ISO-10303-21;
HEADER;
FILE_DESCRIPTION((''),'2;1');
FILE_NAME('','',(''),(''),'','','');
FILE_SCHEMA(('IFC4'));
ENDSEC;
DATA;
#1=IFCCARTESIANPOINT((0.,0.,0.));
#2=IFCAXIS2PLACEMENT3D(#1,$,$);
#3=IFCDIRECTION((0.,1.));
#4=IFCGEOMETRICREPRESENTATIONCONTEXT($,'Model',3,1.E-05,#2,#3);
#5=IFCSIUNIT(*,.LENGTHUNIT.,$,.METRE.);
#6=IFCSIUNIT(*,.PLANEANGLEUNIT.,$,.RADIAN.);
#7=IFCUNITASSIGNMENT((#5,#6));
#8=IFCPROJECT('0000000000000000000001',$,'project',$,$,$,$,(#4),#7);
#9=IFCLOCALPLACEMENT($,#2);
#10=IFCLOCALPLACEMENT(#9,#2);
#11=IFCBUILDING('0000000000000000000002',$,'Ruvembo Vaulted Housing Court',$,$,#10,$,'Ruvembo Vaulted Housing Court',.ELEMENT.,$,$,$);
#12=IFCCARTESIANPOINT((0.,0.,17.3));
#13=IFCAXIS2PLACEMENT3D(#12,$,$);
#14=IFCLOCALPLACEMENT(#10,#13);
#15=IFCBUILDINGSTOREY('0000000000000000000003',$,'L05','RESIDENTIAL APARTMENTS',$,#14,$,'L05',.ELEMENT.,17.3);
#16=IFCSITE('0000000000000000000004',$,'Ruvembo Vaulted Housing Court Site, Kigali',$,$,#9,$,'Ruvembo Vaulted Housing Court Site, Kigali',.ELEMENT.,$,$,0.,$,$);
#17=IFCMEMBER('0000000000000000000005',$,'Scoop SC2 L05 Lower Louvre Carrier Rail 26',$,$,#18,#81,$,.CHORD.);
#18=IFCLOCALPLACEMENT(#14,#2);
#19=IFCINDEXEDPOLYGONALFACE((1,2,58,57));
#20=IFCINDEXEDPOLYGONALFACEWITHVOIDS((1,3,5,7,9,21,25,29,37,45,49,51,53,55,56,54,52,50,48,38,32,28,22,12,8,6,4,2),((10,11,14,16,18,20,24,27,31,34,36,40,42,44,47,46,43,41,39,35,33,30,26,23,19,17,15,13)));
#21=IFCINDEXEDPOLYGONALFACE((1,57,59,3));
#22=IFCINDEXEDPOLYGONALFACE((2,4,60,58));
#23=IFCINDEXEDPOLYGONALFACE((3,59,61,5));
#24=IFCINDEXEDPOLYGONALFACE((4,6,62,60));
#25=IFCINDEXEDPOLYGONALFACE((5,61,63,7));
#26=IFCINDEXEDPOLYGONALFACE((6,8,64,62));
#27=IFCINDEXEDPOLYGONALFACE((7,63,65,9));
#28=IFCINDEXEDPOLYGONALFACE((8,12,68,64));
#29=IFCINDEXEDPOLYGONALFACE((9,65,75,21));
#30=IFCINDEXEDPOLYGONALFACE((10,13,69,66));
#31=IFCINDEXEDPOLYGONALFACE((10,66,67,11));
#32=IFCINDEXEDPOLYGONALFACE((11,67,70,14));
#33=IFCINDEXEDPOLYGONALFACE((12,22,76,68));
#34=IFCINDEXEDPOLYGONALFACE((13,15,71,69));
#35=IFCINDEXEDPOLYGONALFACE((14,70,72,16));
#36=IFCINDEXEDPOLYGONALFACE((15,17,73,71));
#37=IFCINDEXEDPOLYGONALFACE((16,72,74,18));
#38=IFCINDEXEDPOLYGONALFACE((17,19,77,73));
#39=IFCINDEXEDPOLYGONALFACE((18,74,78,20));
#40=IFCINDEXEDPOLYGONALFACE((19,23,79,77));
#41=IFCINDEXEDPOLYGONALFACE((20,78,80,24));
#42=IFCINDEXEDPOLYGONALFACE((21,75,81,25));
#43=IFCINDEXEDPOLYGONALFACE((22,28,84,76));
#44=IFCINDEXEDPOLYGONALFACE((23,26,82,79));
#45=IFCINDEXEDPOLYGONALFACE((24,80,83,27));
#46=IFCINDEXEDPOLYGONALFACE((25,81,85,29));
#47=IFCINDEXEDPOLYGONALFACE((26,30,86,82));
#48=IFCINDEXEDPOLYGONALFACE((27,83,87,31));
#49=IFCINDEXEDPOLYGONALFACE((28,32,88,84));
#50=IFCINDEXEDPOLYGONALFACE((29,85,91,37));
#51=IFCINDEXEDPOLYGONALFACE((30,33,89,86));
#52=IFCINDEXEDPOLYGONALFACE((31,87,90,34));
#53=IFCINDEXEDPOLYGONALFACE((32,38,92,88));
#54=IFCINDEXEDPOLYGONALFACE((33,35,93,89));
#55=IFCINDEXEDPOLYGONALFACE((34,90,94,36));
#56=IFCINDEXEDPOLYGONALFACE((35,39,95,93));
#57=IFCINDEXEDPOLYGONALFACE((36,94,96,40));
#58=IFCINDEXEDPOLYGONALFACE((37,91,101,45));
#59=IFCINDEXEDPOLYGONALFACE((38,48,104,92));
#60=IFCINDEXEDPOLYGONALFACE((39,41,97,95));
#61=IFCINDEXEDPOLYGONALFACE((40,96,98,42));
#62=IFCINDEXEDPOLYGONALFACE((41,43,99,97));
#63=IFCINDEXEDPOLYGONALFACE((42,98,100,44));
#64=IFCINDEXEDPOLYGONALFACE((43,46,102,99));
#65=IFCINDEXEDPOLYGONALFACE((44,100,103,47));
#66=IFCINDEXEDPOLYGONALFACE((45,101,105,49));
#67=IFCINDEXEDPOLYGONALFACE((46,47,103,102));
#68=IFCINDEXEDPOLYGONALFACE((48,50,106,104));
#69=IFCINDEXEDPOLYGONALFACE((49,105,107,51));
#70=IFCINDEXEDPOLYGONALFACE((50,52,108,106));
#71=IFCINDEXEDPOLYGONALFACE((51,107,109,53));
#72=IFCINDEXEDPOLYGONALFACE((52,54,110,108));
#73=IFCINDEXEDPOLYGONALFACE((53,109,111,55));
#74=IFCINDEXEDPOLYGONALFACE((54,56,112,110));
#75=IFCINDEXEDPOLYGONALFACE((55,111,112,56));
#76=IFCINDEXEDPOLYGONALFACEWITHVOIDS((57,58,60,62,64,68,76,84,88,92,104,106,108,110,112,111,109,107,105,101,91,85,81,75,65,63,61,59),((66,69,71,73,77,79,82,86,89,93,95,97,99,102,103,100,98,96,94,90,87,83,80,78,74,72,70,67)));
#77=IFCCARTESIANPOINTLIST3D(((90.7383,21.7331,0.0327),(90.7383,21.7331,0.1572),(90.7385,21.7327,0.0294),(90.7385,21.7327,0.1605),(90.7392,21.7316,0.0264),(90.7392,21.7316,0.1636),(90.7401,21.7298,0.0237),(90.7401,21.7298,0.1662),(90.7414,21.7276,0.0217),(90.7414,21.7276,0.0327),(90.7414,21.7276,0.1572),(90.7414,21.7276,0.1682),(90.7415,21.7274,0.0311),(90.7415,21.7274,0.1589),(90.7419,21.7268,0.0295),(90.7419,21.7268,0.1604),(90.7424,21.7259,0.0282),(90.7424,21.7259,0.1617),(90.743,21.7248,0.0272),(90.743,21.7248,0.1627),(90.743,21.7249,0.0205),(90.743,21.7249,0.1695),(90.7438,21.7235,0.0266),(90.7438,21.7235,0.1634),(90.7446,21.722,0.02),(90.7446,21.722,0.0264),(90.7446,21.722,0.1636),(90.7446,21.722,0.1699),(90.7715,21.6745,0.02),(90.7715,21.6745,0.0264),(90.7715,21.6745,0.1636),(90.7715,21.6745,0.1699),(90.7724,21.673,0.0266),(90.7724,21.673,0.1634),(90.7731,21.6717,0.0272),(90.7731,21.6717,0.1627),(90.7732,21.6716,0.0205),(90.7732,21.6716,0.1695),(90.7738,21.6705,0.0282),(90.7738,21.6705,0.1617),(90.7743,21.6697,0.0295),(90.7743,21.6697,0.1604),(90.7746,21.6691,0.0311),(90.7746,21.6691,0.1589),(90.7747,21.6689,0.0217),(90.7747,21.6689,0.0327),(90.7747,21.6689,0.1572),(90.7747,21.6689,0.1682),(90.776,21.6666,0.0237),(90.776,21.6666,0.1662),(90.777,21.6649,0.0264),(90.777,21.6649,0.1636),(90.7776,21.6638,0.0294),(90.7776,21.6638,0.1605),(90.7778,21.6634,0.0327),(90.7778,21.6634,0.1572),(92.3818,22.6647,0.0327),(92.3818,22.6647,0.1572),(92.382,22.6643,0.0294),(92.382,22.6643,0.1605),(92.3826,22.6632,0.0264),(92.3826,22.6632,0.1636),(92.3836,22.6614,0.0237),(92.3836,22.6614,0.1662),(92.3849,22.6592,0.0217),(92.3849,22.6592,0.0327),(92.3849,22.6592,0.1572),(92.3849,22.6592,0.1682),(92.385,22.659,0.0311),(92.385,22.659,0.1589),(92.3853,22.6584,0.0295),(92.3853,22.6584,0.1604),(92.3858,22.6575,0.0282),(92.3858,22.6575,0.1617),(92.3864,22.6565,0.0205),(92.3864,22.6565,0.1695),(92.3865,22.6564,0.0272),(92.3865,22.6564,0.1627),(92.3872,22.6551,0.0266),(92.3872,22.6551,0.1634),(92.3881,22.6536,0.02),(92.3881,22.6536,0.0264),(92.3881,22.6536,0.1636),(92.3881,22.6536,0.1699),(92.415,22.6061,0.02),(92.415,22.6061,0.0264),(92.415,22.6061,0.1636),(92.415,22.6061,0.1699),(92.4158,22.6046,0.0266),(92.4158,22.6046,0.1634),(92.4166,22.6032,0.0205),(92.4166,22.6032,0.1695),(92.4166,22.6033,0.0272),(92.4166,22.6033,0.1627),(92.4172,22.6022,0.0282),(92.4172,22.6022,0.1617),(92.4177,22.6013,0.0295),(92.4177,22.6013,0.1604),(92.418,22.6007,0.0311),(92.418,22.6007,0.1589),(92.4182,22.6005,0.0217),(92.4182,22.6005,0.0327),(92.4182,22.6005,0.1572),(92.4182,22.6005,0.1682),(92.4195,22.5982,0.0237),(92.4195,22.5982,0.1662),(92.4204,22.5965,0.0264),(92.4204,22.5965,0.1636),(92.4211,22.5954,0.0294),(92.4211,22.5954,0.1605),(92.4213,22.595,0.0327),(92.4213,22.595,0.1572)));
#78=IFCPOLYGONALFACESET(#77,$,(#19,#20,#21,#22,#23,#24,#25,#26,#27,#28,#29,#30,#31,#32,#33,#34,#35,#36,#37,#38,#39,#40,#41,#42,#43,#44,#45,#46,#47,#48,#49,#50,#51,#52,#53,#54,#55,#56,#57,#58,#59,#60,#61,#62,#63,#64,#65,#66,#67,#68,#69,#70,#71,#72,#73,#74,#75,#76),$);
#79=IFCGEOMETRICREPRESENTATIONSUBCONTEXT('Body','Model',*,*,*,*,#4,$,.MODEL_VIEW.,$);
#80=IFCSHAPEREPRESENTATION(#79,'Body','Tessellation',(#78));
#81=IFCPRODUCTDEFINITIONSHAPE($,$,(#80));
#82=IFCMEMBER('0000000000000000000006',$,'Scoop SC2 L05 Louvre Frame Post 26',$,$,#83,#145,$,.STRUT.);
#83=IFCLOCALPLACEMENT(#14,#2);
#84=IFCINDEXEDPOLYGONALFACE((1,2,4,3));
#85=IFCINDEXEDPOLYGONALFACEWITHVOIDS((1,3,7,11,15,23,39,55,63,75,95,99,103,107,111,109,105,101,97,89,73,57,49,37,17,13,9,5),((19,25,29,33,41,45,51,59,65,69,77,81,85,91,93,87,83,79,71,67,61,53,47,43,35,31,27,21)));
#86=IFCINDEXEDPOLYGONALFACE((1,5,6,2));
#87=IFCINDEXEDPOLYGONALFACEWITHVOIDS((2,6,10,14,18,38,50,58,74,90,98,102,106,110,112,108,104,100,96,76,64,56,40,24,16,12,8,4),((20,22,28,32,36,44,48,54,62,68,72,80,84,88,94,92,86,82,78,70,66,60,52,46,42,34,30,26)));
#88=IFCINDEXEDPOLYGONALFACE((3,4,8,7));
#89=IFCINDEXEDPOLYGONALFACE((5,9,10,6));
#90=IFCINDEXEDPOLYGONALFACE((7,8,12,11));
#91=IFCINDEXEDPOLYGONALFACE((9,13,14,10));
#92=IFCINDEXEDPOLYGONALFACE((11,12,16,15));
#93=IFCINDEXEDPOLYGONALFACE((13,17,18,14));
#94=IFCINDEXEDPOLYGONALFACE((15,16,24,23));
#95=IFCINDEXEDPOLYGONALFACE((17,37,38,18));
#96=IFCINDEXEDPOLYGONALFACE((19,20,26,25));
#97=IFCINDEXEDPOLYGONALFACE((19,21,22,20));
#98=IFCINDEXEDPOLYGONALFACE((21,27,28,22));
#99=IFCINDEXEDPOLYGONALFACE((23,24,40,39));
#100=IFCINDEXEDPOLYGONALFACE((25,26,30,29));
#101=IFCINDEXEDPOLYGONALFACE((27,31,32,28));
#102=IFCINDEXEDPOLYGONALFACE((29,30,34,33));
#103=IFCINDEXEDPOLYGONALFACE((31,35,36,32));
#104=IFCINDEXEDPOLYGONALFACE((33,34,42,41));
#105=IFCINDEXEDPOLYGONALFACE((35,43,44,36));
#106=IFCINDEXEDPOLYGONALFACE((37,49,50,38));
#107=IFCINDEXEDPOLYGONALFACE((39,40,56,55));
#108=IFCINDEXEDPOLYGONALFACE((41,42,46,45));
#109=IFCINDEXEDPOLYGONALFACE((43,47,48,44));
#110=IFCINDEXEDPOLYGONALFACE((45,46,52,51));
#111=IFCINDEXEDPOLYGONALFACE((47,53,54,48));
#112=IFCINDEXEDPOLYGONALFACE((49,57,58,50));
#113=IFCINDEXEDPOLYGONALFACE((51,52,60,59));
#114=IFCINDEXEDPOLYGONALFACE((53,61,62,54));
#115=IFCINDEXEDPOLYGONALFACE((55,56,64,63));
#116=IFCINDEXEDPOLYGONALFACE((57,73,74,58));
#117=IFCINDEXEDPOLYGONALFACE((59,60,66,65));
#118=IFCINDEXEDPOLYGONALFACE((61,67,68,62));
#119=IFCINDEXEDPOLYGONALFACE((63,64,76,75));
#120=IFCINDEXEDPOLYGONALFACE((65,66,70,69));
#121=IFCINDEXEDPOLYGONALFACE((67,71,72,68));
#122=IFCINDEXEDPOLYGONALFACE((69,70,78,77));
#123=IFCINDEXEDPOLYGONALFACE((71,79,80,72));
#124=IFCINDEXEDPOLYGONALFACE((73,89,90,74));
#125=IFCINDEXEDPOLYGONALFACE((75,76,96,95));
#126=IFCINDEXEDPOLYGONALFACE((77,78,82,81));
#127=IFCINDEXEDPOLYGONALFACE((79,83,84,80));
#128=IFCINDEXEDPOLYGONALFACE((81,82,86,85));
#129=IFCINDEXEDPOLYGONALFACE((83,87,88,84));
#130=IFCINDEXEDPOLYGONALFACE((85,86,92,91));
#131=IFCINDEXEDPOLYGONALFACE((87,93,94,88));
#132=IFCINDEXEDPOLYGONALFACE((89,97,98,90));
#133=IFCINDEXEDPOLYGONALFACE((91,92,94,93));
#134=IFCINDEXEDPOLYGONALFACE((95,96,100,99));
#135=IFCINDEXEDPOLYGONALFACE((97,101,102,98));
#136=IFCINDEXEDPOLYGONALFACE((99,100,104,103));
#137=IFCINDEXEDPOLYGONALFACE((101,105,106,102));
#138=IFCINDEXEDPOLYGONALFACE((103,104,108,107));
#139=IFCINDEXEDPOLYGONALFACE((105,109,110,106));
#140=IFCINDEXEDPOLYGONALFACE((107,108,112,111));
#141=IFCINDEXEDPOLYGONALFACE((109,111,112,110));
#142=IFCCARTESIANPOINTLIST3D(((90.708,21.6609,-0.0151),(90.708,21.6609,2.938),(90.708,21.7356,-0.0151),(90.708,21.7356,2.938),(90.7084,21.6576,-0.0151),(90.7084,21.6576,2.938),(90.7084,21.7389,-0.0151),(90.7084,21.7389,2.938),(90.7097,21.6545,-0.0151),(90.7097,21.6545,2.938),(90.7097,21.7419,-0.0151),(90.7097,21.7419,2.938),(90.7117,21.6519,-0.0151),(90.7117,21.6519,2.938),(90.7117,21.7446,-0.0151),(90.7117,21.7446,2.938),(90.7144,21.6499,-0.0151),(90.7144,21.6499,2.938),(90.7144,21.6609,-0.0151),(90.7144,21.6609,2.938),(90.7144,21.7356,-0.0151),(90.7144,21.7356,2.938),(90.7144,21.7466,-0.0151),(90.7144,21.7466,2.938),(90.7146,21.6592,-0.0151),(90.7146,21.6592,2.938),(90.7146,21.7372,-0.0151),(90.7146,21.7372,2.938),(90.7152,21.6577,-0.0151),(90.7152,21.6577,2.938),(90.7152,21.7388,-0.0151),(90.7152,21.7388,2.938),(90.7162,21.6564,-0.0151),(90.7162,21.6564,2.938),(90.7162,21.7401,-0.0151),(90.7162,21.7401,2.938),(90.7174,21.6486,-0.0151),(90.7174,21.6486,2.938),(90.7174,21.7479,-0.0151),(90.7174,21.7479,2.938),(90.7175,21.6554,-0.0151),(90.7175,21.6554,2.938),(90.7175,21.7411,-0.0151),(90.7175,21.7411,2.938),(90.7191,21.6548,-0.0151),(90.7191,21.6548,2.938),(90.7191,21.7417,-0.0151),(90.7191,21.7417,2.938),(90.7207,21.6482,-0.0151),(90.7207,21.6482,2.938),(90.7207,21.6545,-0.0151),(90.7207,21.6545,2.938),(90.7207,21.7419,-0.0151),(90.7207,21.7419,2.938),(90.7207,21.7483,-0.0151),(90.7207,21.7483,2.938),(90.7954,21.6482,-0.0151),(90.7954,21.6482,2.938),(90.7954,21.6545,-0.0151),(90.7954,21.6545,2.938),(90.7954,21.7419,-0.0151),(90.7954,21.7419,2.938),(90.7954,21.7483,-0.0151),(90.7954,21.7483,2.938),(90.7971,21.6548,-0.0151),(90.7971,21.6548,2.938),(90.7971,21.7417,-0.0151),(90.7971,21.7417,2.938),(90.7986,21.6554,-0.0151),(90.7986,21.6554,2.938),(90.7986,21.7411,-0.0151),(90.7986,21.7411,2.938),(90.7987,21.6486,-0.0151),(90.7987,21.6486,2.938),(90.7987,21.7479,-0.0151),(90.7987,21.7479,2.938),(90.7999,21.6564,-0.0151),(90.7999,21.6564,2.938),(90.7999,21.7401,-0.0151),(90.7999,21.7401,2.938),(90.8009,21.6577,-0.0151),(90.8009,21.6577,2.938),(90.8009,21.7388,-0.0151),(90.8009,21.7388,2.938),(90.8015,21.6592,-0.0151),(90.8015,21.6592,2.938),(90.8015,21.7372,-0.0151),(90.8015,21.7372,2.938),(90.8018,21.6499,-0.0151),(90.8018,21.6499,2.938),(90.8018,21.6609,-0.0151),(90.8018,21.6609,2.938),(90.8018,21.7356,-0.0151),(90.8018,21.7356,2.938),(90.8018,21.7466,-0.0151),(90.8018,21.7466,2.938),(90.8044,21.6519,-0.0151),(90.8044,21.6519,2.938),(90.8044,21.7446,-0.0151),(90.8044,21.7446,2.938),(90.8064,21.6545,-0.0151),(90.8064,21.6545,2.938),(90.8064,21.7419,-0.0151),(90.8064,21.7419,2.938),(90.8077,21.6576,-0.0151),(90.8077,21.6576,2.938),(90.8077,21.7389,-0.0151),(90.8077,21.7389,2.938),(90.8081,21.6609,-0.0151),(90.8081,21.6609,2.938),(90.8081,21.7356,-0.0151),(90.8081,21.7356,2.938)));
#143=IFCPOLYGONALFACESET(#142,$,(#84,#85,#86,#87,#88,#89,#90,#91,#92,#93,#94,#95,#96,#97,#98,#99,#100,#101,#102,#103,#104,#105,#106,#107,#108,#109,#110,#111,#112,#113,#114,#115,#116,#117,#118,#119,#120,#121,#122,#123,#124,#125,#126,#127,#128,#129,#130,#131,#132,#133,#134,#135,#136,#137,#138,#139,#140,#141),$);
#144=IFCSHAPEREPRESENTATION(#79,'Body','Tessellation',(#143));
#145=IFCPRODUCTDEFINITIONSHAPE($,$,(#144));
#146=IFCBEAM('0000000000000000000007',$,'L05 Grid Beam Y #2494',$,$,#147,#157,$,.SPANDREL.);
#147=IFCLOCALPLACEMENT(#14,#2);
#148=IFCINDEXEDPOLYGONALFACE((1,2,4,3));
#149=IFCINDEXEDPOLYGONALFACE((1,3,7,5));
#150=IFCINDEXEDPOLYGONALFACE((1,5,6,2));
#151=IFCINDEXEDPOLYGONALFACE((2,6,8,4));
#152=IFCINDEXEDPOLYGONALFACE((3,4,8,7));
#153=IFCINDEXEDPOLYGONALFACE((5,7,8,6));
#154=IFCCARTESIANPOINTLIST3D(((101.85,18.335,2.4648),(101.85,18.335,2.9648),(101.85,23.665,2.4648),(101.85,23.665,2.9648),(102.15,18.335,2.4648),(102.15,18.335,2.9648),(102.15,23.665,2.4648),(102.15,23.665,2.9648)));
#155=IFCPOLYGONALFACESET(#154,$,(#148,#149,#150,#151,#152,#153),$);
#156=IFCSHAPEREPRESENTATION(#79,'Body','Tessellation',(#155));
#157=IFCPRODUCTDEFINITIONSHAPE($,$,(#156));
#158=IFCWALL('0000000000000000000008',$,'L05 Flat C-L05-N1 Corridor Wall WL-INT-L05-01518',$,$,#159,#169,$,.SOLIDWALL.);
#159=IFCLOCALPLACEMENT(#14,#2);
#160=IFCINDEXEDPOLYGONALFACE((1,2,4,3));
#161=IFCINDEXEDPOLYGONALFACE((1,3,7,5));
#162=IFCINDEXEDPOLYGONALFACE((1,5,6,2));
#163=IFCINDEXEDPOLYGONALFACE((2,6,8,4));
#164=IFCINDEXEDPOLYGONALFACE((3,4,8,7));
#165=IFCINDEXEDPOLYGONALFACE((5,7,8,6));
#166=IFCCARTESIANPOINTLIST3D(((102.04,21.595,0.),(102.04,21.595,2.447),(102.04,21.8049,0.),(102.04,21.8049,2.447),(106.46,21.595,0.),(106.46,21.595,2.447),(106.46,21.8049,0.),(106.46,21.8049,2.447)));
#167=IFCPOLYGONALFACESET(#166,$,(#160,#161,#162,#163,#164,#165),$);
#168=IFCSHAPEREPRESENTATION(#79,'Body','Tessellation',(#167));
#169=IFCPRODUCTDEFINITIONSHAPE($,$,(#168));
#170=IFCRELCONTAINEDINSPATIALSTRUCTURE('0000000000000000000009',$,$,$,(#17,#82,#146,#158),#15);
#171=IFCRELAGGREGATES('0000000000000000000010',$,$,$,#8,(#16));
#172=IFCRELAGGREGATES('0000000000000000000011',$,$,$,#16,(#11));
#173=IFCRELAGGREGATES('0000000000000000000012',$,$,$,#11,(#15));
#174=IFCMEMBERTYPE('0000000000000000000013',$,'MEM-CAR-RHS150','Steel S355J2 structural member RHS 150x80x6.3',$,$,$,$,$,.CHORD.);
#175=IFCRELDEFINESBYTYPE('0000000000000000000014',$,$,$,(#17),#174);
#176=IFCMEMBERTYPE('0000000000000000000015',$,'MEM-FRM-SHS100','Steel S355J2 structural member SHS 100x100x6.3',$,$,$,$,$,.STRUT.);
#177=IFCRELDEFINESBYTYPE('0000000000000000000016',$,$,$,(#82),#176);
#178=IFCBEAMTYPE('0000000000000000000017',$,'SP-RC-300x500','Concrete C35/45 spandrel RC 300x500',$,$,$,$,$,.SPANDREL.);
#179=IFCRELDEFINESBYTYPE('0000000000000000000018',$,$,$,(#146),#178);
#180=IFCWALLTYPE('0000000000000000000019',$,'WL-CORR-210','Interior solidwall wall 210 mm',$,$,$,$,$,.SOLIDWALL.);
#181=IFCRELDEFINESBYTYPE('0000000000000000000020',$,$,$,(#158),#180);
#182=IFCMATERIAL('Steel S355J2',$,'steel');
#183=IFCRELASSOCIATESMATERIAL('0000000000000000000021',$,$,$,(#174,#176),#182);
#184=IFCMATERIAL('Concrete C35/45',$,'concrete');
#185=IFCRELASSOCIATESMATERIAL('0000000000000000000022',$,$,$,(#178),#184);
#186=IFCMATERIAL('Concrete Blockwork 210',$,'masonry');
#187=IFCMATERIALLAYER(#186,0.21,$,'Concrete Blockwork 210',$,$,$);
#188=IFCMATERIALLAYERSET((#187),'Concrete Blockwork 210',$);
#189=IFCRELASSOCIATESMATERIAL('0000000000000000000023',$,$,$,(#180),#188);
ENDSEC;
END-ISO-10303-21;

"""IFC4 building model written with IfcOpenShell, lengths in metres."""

from ifc_helpers import new_model, si_unit, direction, frame, frame_2d, origin, origin_2d, place, context, subcontext, project, spatial, rectangle, hollow_rectangle, extrude, material, layer, layer_set, material_profile, profile_set, type_object, element, save


model = new_model("IFC4")

# Units and contexts
model_context = context("Model", 3, precision=1e-05, world=origin(), true_north=direction((0.0, 1.0)))
body_context = subcontext(model_context, "Body", "Model", "MODEL_VIEW")
ifc_project = project(units=[si_unit("LENGTHUNIT", "METRE"), si_unit("PLANEANGLEUNIT", "RADIAN")], contexts=[model_context])

# Site, building, storey
site_placement = place(None, origin())
site = spatial("IfcSite", under=ifc_project, at=site_placement, Name="Ruvembo Vaulted Housing Court Site, Kigali", LongName="Ruvembo Vaulted Housing Court Site, Kigali", CompositionType="ELEMENT", RefElevation=0.0)
building_placement = place(site_placement, origin())
building = spatial("IfcBuilding", under=site, at=building_placement, Name="Ruvembo Vaulted Housing Court", LongName="Ruvembo Vaulted Housing Court", CompositionType="ELEMENT")
storey_placement = place(building_placement, frame((0.0, 0.0, 17.3)))
storey = spatial("IfcBuildingStorey", under=building, at=storey_placement, Name="L05", Description="RESIDENTIAL APARTMENTS", LongName="L05", CompositionType="ELEMENT", Elevation=17.3)

# Shared definitions
ifc_material_1 = material(Name="Concrete C35/45", Category="concrete")

# Shared definitions
ifc_material_2 = material(Name="Steel S355J2", Category="steel")

# Members
ifc_material_profile_1 = material_profile(ifc_material_2, hollow_rectangle(XDim=0.0801, YDim=0.1499, WallThickness=0.0063, InnerFilletRadius=0.0063, OuterFilletRadius=0.0127, at=origin_2d()), Name="RHS 150x80x6.3")
ifc_profile_set_1 = profile_set([ifc_material_profile_1], Name="Steel S355J2")
member_type_1 = type_object("IfcMemberType", Name="MEM-CAR-RHS150", Description="Steel S355J2 structural member RHS 150x80x6.3", PredefinedType="CHORD", material=ifc_profile_set_1)
member_1_placement = place(storey_placement, frame((90.7581, 21.6982, 0.095), z_axis=(0.869956, 0.49313, 0.0), x_axis=(-0.49313, 0.869956, 0.0)))
element("IfcMember", 1, at=member_1_placement, inside=storey, type_object=member_type_1, Name="Scoop SC2 L05 Lower Louvre Carrier Rail 26", PredefinedType="CHORD", context=body_context, shape_type="SweptSolid", body=[
    extrude(hollow_rectangle(XDim=0.0801, YDim=0.1499, WallThickness=0.0063, InnerFilletRadius=0.0063, OuterFilletRadius=0.0127, at=origin_2d()), origin(), (0.0, 0.0, 1.0), 1.8892),
])
ifc_material_profile_2 = material_profile(ifc_material_2, hollow_rectangle(XDim=0.1001, YDim=0.1001, WallThickness=0.0063, InnerFilletRadius=0.0063, OuterFilletRadius=0.0127, at=origin_2d()), Name="SHS 100x100x6.3")
ifc_profile_set_2 = profile_set([ifc_material_profile_2], Name="Steel S355J2")
member_type_2 = type_object("IfcMemberType", Name="MEM-FRM-SHS100", Description="Steel S355J2 structural member SHS 100x100x6.3", PredefinedType="STRUT", material=ifc_profile_set_2)
member_2_placement = place(storey_placement, frame((90.7581, 21.6982, -0.0151), z_axis=(0.0, 0.0, 1.0), x_axis=(1.0, 0.0, 0.0)))
element("IfcMember", 2, at=member_2_placement, inside=storey, type_object=member_type_2, Name="Scoop SC2 L05 Louvre Frame Post 26", PredefinedType="STRUT", context=body_context, shape_type="SweptSolid", body=[
    extrude(hollow_rectangle(XDim=0.1001, YDim=0.1001, WallThickness=0.0063, InnerFilletRadius=0.0063, OuterFilletRadius=0.0127, at=origin_2d()), origin(), (0.0, 0.0, 1.0), 2.9531),
])

# Beam
ifc_material_profile_3 = material_profile(ifc_material_1, rectangle(XDim=0.3, YDim=0.5, at=origin_2d()), Name="RC 300x500")
ifc_profile_set_3 = profile_set([ifc_material_profile_3], Name="Concrete C35/45")
beam_type_1 = type_object("IfcBeamType", Name="SP-RC-300x500", Description="Concrete C35/45 spandrel RC 300x500", PredefinedType="SPANDREL", material=ifc_profile_set_3)
beam_1_placement = place(storey_placement, frame((102.0, 18.335, 2.7148), z_axis=(0.0, 1.0, 0.0), x_axis=(-1.0, 0.0, 0.0)))
element("IfcBeam", 3, at=beam_1_placement, inside=storey, type_object=beam_type_1, Name="L05 Grid Beam Y #2494", PredefinedType="SPANDREL", context=body_context, shape_type="SweptSolid", body=[
    extrude(rectangle(XDim=0.3, YDim=0.5, at=origin_2d()), origin(), (0.0, 0.0, 1.0), 5.3301),
])

# Wall
ifc_material_3 = material(Name="Concrete Blockwork 210", Category="masonry")
ifc_layer_1 = layer(ifc_material_3, 0.21, Name="Concrete Blockwork 210")
ifc_layer_set_1 = layer_set([ifc_layer_1], Name="Concrete Blockwork 210")
wall_type_1 = type_object("IfcWallType", Name="WL-CORR-210", Description="Interior solidwall wall 210 mm", PredefinedType="SOLIDWALL", material=ifc_layer_set_1)
wall_1_placement = place(storey_placement, frame((102.04, 21.7, 0.0), z_axis=(0.0, 0.0, 1.0), x_axis=(1.0, 0.0, 0.0)))
element("IfcWall", 4, at=wall_1_placement, inside=storey, type_object=wall_type_1, Name="L05 Flat C-L05-N1 Corridor Wall WL-INT-L05-01518", PredefinedType="SOLIDWALL", context=body_context, shape_type="SweptSolid", body=[
    extrude(rectangle(XDim=4.4199, YDim=0.21, at=frame_2d((2.21, 0.0))), origin(), (0.0, 0.0, 1.0), 2.447),
])

save(model, "model.ifc")
